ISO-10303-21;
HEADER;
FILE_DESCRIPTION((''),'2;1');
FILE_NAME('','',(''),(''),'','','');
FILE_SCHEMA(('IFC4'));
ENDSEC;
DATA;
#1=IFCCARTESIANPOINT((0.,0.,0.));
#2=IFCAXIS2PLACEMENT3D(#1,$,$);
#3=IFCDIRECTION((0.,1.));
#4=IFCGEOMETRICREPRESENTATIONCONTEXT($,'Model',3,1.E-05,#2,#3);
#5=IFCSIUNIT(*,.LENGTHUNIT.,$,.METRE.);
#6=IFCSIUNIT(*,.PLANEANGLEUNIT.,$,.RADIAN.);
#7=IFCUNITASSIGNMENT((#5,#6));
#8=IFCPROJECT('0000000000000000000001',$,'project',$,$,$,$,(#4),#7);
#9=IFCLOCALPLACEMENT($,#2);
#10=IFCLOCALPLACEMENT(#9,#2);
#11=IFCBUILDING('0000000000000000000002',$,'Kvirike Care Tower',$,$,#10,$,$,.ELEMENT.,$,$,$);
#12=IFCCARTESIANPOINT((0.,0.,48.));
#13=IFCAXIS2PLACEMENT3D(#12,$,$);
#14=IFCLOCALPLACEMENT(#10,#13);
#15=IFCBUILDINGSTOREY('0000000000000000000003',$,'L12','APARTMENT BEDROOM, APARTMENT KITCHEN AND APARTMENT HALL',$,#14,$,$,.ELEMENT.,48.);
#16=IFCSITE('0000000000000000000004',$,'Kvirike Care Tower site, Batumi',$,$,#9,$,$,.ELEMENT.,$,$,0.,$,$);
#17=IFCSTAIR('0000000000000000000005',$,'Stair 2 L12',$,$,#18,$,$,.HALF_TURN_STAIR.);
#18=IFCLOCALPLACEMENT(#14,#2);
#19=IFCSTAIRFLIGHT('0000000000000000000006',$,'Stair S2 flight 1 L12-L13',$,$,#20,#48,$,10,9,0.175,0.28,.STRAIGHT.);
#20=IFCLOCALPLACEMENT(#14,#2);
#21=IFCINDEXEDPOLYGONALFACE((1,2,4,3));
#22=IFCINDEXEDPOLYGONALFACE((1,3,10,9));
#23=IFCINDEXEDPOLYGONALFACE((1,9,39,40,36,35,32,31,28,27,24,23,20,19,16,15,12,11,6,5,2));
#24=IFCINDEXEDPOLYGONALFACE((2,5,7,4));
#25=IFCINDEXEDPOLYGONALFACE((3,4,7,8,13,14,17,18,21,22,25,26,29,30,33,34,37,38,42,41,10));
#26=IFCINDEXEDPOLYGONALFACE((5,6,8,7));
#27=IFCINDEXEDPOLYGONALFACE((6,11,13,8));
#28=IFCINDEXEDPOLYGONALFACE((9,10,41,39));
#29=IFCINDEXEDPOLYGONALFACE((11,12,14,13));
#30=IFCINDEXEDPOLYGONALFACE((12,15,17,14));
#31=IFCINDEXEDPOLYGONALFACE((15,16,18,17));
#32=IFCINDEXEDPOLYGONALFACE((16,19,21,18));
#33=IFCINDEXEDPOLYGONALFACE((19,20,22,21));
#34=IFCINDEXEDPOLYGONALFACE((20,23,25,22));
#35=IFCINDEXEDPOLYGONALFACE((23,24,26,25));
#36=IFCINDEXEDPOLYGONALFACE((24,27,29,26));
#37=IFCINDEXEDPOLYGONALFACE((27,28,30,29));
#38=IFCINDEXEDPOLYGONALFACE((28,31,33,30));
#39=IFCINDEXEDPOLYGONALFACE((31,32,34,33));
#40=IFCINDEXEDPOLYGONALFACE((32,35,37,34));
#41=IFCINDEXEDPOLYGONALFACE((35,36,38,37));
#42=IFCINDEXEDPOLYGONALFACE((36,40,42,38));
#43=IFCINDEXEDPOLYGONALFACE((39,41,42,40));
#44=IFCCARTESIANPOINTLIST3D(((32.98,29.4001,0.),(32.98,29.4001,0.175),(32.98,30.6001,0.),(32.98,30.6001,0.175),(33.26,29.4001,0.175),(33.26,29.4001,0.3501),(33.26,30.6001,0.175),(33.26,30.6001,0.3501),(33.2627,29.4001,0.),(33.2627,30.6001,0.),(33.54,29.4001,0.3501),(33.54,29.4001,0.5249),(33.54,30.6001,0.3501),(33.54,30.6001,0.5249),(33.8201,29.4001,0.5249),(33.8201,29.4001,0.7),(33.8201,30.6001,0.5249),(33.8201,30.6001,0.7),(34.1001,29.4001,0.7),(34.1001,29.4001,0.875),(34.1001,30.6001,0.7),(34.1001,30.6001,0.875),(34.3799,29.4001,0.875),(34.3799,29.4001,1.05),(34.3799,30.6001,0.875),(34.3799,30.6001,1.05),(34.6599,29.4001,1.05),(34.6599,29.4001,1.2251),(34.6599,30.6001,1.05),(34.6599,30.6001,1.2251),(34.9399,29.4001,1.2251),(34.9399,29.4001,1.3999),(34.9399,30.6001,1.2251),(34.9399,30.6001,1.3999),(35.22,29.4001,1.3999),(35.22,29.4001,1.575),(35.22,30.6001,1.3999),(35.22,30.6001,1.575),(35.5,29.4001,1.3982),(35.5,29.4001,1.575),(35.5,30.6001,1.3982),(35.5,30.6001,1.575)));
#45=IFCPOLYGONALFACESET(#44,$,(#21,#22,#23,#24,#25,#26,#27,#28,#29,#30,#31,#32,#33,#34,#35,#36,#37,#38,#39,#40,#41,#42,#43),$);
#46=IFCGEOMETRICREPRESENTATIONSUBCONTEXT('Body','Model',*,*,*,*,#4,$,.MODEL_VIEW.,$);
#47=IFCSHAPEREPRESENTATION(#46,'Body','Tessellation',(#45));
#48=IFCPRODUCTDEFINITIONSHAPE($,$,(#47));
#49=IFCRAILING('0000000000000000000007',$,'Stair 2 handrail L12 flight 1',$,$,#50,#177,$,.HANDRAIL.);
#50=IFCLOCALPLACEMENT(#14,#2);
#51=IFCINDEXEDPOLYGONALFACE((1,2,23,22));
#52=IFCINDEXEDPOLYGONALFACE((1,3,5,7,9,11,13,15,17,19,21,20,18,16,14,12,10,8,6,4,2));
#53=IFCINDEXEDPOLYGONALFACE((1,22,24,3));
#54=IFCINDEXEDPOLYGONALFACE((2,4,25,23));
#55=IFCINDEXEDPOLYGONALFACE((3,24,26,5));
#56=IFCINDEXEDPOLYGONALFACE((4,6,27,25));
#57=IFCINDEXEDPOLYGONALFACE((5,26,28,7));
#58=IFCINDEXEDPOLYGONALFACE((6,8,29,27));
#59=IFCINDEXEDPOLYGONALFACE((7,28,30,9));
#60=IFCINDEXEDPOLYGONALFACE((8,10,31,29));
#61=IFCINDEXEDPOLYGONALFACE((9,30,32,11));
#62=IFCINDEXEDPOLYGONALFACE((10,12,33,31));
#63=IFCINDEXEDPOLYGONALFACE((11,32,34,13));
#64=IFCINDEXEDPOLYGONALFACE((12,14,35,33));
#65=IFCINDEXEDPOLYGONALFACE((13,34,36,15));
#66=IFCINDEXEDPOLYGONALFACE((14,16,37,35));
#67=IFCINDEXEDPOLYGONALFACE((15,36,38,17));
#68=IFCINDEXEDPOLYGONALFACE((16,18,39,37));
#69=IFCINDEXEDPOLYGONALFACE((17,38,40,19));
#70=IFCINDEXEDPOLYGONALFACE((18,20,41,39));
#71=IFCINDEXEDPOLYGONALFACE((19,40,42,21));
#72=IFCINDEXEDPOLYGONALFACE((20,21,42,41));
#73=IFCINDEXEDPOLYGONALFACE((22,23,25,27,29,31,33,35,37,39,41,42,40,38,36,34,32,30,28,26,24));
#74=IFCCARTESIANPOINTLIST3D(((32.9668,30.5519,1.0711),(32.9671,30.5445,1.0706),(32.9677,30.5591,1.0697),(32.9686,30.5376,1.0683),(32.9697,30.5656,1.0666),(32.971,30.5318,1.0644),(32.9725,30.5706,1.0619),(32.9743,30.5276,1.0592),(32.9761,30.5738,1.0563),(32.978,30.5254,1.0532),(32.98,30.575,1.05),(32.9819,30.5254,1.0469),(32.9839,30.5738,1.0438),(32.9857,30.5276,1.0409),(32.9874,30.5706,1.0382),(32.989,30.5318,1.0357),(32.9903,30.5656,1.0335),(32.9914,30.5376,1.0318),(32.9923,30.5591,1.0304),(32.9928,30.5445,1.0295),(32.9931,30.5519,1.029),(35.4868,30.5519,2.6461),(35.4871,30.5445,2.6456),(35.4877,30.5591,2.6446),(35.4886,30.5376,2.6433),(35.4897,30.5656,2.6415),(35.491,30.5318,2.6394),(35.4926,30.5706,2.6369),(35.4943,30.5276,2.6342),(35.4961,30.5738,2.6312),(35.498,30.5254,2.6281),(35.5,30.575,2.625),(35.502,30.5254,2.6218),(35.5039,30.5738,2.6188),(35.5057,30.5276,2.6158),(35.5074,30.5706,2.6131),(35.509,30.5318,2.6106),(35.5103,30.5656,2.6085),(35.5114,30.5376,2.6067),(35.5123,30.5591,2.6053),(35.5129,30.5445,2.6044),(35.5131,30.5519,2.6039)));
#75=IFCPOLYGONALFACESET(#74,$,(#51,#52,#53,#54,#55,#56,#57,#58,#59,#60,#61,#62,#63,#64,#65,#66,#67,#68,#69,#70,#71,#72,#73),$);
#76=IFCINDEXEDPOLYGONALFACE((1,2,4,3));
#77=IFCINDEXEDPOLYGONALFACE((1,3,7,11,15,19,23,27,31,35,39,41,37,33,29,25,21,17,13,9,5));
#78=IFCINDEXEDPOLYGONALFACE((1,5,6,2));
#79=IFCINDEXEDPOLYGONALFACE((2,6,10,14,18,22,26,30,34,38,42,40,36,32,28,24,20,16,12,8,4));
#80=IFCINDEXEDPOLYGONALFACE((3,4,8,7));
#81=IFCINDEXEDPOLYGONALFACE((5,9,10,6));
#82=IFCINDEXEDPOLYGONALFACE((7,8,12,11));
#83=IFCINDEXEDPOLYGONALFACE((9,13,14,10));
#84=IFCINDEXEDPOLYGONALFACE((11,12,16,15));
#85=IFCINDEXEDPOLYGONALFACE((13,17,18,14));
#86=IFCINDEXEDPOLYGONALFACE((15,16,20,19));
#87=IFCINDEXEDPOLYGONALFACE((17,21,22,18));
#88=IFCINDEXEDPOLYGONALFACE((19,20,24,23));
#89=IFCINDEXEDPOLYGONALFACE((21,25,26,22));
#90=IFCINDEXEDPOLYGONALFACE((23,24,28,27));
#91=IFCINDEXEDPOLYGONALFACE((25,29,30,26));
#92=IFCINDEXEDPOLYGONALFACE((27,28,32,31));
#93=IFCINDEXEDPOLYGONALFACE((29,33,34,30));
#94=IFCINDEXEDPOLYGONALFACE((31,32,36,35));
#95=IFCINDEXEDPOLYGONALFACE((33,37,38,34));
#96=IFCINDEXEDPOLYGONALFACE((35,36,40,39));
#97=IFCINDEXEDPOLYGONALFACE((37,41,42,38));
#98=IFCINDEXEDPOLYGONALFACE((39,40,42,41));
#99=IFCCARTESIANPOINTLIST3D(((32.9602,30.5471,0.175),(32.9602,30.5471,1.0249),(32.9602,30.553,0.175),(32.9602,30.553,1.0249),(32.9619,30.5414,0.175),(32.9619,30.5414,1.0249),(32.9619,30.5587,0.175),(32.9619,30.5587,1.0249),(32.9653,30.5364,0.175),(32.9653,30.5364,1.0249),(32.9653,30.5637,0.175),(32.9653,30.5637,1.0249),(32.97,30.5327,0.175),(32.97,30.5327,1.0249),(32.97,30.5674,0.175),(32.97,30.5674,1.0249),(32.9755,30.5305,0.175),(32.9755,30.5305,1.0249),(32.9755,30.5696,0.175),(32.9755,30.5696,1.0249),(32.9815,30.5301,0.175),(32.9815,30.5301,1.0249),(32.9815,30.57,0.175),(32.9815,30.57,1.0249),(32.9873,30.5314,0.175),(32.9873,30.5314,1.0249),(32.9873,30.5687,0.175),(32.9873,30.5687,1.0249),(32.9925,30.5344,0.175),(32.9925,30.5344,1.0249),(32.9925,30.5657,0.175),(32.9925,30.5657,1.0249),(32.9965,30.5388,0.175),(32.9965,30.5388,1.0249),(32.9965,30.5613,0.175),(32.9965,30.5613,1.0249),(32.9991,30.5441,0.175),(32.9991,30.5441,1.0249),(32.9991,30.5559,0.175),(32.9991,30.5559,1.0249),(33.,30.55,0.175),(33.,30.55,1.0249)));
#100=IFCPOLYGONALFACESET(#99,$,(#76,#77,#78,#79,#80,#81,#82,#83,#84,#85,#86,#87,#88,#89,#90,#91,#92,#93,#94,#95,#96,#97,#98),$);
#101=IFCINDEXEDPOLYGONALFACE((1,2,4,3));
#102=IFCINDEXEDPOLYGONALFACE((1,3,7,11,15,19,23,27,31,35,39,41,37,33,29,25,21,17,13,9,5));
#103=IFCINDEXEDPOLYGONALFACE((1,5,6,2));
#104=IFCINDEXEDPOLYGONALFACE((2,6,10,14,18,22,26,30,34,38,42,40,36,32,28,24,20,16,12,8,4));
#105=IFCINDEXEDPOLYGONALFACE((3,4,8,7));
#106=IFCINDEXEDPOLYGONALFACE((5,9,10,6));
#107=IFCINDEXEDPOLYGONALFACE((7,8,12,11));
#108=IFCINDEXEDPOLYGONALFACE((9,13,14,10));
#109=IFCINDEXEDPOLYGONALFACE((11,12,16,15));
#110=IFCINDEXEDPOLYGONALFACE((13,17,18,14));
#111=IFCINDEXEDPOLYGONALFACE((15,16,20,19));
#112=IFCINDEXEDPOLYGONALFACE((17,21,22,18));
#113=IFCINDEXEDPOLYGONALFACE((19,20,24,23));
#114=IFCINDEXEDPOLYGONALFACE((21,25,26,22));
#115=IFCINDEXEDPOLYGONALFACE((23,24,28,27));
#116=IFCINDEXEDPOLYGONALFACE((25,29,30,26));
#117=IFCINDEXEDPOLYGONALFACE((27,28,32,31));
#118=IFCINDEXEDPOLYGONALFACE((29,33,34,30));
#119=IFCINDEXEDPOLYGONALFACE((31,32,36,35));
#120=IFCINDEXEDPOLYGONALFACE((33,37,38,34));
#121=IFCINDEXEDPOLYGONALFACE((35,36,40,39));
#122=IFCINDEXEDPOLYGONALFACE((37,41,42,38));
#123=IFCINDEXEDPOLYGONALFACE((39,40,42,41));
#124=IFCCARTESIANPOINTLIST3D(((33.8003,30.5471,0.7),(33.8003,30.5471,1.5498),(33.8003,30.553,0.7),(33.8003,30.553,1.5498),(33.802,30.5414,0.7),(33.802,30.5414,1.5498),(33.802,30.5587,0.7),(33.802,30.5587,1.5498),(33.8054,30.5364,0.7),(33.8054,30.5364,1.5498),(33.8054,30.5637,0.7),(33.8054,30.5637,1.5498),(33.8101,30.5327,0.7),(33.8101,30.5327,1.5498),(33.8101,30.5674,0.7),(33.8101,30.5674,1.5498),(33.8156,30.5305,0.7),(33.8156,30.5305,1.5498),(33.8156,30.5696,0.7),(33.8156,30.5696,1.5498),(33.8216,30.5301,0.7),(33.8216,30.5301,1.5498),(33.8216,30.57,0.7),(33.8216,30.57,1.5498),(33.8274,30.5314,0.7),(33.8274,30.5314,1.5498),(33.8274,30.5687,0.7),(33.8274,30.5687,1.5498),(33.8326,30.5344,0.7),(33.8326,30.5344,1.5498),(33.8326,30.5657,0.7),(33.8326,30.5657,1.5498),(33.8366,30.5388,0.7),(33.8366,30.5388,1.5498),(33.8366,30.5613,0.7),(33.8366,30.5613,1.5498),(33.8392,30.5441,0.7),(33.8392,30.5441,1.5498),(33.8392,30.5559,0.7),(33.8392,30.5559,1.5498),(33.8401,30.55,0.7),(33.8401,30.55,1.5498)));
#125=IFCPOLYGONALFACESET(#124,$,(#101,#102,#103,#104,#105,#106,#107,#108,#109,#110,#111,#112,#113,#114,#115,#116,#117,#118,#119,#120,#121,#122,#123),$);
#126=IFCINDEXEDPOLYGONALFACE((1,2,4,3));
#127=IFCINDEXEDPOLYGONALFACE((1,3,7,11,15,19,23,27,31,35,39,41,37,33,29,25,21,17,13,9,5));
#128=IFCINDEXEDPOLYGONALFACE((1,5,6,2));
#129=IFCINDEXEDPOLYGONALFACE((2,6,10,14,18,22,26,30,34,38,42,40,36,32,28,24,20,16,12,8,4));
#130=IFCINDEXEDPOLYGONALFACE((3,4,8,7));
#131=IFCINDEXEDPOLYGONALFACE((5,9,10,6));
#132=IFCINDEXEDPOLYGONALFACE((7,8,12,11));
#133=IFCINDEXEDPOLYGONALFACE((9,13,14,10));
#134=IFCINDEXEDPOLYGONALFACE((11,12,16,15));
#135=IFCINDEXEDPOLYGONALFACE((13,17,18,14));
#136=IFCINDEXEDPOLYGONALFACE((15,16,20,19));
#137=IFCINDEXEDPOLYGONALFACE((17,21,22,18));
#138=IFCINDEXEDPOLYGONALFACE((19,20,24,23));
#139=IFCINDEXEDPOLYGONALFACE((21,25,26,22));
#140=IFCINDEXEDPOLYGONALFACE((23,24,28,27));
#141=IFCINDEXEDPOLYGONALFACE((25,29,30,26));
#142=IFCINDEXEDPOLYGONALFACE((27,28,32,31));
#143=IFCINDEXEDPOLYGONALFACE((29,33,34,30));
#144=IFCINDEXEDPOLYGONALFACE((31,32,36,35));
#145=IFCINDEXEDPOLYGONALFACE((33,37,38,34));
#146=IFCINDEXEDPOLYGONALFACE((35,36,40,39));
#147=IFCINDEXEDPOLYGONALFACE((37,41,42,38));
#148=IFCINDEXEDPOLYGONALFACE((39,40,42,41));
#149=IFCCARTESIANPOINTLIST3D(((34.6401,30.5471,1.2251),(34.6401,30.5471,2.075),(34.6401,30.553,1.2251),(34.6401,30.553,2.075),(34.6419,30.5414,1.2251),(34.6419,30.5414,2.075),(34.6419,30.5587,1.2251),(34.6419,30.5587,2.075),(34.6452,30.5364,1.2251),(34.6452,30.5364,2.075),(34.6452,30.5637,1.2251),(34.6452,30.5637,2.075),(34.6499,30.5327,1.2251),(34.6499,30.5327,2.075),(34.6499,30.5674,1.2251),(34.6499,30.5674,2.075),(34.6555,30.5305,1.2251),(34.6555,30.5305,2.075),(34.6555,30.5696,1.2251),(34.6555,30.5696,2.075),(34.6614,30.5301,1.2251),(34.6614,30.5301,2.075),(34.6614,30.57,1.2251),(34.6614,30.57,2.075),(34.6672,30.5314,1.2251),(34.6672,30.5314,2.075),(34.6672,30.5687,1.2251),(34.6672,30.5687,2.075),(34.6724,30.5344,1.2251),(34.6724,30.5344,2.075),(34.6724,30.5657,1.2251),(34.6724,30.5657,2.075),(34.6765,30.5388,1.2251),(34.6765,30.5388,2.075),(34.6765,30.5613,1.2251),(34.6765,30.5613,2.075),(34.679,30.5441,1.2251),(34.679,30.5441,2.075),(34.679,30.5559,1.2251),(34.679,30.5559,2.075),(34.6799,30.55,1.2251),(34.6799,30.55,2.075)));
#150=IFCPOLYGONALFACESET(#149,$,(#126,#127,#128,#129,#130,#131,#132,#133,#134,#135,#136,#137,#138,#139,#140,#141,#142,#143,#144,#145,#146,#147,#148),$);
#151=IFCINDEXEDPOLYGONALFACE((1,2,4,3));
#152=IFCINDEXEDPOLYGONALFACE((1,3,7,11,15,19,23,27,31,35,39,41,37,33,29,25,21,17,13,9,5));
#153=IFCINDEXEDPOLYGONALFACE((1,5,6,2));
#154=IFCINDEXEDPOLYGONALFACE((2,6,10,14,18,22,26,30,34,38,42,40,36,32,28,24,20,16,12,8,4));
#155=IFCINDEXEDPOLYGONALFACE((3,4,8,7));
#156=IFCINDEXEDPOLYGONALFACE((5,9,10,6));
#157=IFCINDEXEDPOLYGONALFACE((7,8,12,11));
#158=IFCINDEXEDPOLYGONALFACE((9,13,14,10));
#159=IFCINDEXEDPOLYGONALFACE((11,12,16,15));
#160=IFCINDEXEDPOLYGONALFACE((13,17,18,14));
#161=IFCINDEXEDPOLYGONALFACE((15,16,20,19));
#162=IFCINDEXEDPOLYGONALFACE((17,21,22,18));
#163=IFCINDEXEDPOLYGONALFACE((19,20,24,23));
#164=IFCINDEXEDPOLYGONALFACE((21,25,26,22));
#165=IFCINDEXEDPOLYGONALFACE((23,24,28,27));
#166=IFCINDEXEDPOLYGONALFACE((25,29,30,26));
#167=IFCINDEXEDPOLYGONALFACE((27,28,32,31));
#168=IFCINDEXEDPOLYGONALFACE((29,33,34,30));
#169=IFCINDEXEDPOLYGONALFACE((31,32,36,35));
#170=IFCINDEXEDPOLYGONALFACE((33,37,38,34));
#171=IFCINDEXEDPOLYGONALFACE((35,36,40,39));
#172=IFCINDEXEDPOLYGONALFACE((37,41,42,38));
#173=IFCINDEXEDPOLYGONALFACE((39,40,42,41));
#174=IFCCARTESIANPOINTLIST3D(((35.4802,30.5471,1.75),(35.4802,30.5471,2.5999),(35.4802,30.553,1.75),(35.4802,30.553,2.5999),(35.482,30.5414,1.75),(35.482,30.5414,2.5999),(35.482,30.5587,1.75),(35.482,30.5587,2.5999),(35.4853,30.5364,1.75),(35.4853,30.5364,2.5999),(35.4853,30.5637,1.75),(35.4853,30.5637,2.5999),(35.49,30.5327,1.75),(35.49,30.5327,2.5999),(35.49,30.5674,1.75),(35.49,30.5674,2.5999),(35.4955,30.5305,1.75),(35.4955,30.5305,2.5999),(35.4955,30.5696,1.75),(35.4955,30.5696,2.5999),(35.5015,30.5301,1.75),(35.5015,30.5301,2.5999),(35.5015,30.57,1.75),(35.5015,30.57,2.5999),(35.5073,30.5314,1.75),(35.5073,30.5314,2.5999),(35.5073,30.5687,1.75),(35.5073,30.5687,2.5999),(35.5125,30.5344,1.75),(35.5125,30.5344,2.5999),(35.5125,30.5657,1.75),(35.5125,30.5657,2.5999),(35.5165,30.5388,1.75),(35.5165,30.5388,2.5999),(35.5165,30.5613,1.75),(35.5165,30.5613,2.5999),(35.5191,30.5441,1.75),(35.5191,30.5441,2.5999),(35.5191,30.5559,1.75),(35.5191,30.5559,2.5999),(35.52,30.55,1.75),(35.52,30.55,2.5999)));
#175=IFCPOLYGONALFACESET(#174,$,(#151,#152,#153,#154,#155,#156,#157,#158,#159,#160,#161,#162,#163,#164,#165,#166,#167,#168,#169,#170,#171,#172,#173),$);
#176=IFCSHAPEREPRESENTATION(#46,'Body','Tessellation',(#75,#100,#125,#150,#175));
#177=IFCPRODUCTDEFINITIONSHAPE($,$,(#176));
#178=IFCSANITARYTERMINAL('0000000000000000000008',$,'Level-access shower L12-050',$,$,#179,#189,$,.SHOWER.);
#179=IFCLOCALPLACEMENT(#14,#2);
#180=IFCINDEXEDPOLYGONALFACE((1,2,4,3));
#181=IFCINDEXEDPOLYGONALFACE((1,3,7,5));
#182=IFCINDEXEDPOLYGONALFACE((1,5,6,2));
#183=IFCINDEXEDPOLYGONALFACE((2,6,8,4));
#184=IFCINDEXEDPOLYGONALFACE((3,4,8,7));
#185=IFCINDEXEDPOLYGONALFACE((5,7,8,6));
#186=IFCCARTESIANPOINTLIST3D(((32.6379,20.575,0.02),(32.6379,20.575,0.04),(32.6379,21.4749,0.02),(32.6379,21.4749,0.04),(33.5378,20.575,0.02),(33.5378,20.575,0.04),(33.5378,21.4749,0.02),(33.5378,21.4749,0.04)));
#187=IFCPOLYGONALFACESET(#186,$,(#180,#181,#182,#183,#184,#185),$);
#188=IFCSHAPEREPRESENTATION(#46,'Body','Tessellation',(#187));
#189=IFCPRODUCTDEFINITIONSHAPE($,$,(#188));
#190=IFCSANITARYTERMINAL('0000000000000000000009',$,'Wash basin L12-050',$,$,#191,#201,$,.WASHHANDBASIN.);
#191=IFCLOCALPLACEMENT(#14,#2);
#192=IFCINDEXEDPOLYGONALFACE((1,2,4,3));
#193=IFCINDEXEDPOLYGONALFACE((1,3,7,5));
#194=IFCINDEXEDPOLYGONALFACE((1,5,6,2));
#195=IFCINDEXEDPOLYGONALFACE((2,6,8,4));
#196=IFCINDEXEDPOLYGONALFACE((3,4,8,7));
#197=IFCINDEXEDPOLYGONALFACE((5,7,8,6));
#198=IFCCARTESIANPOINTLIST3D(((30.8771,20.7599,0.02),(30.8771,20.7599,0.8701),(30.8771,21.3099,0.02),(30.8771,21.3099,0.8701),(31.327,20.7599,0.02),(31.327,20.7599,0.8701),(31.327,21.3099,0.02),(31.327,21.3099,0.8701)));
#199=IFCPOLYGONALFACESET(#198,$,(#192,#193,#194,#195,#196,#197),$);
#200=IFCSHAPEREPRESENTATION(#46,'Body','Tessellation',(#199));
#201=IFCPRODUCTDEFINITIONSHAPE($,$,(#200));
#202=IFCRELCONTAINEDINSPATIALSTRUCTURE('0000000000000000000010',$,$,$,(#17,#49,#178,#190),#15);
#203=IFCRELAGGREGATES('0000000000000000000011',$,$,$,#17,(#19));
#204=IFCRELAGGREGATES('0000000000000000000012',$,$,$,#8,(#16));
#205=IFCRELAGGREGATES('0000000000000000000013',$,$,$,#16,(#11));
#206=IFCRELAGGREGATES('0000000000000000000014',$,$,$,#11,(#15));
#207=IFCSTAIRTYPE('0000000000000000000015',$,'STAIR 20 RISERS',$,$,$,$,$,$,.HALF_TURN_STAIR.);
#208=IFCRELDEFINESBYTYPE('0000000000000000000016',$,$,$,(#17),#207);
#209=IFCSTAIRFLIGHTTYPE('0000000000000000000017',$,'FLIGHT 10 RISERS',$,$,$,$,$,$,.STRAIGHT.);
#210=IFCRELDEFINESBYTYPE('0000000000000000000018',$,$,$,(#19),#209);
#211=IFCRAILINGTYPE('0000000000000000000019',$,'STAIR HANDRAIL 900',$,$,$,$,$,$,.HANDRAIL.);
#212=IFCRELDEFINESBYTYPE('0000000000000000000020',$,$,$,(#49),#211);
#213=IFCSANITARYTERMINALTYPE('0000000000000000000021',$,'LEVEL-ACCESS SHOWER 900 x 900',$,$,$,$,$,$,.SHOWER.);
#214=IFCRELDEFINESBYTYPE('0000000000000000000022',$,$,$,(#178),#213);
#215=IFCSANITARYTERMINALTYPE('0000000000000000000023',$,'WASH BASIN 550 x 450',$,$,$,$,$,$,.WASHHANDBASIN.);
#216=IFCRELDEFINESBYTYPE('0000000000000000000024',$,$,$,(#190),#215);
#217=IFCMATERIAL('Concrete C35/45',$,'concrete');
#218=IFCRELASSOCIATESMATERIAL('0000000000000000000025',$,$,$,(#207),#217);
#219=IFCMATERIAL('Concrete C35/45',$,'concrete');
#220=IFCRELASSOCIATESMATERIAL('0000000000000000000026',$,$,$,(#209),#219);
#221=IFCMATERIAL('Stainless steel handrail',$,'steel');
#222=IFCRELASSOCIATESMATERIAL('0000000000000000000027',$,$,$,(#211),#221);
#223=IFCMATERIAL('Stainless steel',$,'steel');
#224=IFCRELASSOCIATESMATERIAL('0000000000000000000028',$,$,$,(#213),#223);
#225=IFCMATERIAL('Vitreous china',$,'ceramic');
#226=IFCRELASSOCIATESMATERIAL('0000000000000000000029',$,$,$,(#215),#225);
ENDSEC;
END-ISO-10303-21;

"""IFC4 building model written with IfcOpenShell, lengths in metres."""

from ifc_helpers import new_model, si_unit, direction, frame, origin, origin_2d, place, context, subcontext, project, spatial, polyline, rectangle, circle, outline, extrude, material, type_object, element, aggregate, save


model = new_model("IFC4")

# Units and contexts
model_context = context("Model", 3, precision=1e-05, world=origin(), true_north=direction((0.0, 1.0)))
body_context = subcontext(model_context, "Body", "Model", "MODEL_VIEW")
ifc_project = project(units=[si_unit("LENGTHUNIT", "METRE"), si_unit("PLANEANGLEUNIT", "RADIAN")], contexts=[model_context])

# Site, building, storey
site_placement = place(None, origin())
site = spatial("IfcSite", under=ifc_project, at=site_placement, Name="Kvirike Care Tower site, Batumi", CompositionType="ELEMENT", RefElevation=0.0)
building_placement = place(site_placement, origin())
building = spatial("IfcBuilding", under=site, at=building_placement, Name="Kvirike Care Tower", CompositionType="ELEMENT")
storey_placement = place(building_placement, frame((0.0, 0.0, 48.0)))
storey = spatial("IfcBuildingStorey", under=building, at=storey_placement, Name="L12", Description="APARTMENT BEDROOM, APARTMENT KITCHEN AND APARTMENT HALL", CompositionType="ELEMENT", Elevation=48.0)

# Stair, stair flight
ifc_material_1 = material(Name="Concrete C35/45", Category="concrete")
stair_type = type_object("IfcStairType", Name="STAIR 20 RISERS", PredefinedType="HALF_TURN_STAIR", material=ifc_material_1)
stair_placement = place(storey_placement, origin())
stair = element("IfcStair", 1, at=stair_placement, inside=storey, type_object=stair_type, Name="Stair 2 L12", PredefinedType="HALF_TURN_STAIR")
ifc_material_2 = material(Name="Concrete C35/45", Category="concrete")
stair_flight_type = type_object("IfcStairFlightType", Name="FLIGHT 10 RISERS", PredefinedType="STRAIGHT", material=ifc_material_2)
stair_flight_placement = place(storey_placement, frame((32.98, 30.0, 0.0), z_axis=(0.0, 0.0, 1.0), x_axis=(1.0, 0.0, 0.0)))
stair_flight = element("IfcStairFlight", 2, at=stair_flight_placement, type_object=stair_flight_type, Name="Stair S2 flight 1 L12-L13", NumberOfRisers=10, NumberOfTreads=9, PredefinedType="STRAIGHT", RiserHeight=0.175, TreadLength=0.28, context=body_context, shape_type="SweptSolid", body=[
    extrude(outline(polyline([(0.0, 0.0), (0.0, 0.175), (0.28, 0.175), (0.28, 0.3501), (0.5601, 0.3501), (0.5601, 0.5249), (0.8401, 0.5249), (0.8401, 0.7), (1.1201, 0.7), (1.1201, 0.875), (1.3999, 0.875), (1.3999, 1.05), (1.6799, 1.05), (1.6799, 1.2251), (1.96, 1.2251), (1.96, 1.3999), (2.24, 1.3999), (2.24, 1.575), (2.52, 1.575), (2.52, 1.75), (2.52, 1.3982), (0.2827, 0.0), (0.0, 0.0)])), frame((0.0, 0.6001, 0.0), z_axis=(0.0, -1.0, 0.0), x_axis=(1.0, 0.0, 0.0)), (0.0, 0.0, 1.0), 1.2),
])
aggregate(stair, [stair_flight])

# Railing
ifc_material_3 = material(Name="Stainless steel handrail", Category="steel")
railing_type = type_object("IfcRailingType", Name="STAIR HANDRAIL 900", PredefinedType="HANDRAIL", material=ifc_material_3)
railing_placement = place(storey_placement, frame((32.98, 30.55, 0.175)))
element("IfcRailing", 3, at=railing_placement, inside=storey, type_object=railing_type, Name="Stair 2 handrail L12 flight 1", PredefinedType="HANDRAIL", context=body_context, shape_type="SweptSolid", body=[
    extrude(circle(Radius=0.0249, at=origin_2d()), frame((0.0, 0.0, 0.875), z_axis=(0.848008, 0.0, 0.529984), x_axis=(0.0, 1.0, 0.0)), (0.0, 0.0, 1.0), 2.9717),
    extrude(circle(Radius=0.02, at=origin_2d()), origin(), (0.0, 0.0, 1.0), 0.8499),
    extrude(circle(Radius=0.02, at=origin_2d()), frame((0.8401, 0.0, 0.5249)), (0.0, 0.0, 1.0), 0.8499),
    extrude(circle(Radius=0.02, at=origin_2d()), frame((1.6799, 0.0, 1.05)), (0.0, 0.0, 1.0), 0.8499),
    extrude(circle(Radius=0.02, at=origin_2d()), frame((2.52, 0.0, 1.575)), (0.0, 0.0, 1.0), 0.8499),
])

# Sanitary terminals
ifc_material_4 = material(Name="Stainless steel", Category="steel")
sanitary_terminal_type_1 = type_object("IfcSanitaryTerminalType", Name="LEVEL-ACCESS SHOWER 900 x 900", PredefinedType="SHOWER", material=ifc_material_4)
sanitary_terminal_1_placement = place(storey_placement, frame((33.0879, 21.0249, 0.02), z_axis=(0.0, 0.0, 1.0), x_axis=(0.0, -1.0, 0.0)))
element("IfcSanitaryTerminal", 4, at=sanitary_terminal_1_placement, inside=storey, type_object=sanitary_terminal_type_1, Name="Level-access shower L12-050", PredefinedType="SHOWER", context=body_context, shape_type="SweptSolid", body=[
    extrude(rectangle(XDim=0.8999, YDim=0.8999, at=origin_2d()), origin(), (0.0, 0.0, 1.0), 0.02),
])
ifc_material_5 = material(Name="Vitreous china", Category="ceramic")
sanitary_terminal_type_2 = type_object("IfcSanitaryTerminalType", Name="WASH BASIN 550 x 450", PredefinedType="WASHHANDBASIN", material=ifc_material_5)
sanitary_terminal_2_placement = place(storey_placement, frame((31.1021, 21.0349, 0.02), z_axis=(0.0, 0.0, 1.0), x_axis=(0.0, 1.0, 0.0)))
element("IfcSanitaryTerminal", 5, at=sanitary_terminal_2_placement, inside=storey, type_object=sanitary_terminal_type_2, Name="Wash basin L12-050", PredefinedType="WASHHANDBASIN", context=body_context, shape_type="SweptSolid", body=[
    extrude(rectangle(XDim=0.55, YDim=0.45, at=origin_2d()), origin(), (0.0, 0.0, 1.0), 0.8501),
])

save(model, "model.ifc")
